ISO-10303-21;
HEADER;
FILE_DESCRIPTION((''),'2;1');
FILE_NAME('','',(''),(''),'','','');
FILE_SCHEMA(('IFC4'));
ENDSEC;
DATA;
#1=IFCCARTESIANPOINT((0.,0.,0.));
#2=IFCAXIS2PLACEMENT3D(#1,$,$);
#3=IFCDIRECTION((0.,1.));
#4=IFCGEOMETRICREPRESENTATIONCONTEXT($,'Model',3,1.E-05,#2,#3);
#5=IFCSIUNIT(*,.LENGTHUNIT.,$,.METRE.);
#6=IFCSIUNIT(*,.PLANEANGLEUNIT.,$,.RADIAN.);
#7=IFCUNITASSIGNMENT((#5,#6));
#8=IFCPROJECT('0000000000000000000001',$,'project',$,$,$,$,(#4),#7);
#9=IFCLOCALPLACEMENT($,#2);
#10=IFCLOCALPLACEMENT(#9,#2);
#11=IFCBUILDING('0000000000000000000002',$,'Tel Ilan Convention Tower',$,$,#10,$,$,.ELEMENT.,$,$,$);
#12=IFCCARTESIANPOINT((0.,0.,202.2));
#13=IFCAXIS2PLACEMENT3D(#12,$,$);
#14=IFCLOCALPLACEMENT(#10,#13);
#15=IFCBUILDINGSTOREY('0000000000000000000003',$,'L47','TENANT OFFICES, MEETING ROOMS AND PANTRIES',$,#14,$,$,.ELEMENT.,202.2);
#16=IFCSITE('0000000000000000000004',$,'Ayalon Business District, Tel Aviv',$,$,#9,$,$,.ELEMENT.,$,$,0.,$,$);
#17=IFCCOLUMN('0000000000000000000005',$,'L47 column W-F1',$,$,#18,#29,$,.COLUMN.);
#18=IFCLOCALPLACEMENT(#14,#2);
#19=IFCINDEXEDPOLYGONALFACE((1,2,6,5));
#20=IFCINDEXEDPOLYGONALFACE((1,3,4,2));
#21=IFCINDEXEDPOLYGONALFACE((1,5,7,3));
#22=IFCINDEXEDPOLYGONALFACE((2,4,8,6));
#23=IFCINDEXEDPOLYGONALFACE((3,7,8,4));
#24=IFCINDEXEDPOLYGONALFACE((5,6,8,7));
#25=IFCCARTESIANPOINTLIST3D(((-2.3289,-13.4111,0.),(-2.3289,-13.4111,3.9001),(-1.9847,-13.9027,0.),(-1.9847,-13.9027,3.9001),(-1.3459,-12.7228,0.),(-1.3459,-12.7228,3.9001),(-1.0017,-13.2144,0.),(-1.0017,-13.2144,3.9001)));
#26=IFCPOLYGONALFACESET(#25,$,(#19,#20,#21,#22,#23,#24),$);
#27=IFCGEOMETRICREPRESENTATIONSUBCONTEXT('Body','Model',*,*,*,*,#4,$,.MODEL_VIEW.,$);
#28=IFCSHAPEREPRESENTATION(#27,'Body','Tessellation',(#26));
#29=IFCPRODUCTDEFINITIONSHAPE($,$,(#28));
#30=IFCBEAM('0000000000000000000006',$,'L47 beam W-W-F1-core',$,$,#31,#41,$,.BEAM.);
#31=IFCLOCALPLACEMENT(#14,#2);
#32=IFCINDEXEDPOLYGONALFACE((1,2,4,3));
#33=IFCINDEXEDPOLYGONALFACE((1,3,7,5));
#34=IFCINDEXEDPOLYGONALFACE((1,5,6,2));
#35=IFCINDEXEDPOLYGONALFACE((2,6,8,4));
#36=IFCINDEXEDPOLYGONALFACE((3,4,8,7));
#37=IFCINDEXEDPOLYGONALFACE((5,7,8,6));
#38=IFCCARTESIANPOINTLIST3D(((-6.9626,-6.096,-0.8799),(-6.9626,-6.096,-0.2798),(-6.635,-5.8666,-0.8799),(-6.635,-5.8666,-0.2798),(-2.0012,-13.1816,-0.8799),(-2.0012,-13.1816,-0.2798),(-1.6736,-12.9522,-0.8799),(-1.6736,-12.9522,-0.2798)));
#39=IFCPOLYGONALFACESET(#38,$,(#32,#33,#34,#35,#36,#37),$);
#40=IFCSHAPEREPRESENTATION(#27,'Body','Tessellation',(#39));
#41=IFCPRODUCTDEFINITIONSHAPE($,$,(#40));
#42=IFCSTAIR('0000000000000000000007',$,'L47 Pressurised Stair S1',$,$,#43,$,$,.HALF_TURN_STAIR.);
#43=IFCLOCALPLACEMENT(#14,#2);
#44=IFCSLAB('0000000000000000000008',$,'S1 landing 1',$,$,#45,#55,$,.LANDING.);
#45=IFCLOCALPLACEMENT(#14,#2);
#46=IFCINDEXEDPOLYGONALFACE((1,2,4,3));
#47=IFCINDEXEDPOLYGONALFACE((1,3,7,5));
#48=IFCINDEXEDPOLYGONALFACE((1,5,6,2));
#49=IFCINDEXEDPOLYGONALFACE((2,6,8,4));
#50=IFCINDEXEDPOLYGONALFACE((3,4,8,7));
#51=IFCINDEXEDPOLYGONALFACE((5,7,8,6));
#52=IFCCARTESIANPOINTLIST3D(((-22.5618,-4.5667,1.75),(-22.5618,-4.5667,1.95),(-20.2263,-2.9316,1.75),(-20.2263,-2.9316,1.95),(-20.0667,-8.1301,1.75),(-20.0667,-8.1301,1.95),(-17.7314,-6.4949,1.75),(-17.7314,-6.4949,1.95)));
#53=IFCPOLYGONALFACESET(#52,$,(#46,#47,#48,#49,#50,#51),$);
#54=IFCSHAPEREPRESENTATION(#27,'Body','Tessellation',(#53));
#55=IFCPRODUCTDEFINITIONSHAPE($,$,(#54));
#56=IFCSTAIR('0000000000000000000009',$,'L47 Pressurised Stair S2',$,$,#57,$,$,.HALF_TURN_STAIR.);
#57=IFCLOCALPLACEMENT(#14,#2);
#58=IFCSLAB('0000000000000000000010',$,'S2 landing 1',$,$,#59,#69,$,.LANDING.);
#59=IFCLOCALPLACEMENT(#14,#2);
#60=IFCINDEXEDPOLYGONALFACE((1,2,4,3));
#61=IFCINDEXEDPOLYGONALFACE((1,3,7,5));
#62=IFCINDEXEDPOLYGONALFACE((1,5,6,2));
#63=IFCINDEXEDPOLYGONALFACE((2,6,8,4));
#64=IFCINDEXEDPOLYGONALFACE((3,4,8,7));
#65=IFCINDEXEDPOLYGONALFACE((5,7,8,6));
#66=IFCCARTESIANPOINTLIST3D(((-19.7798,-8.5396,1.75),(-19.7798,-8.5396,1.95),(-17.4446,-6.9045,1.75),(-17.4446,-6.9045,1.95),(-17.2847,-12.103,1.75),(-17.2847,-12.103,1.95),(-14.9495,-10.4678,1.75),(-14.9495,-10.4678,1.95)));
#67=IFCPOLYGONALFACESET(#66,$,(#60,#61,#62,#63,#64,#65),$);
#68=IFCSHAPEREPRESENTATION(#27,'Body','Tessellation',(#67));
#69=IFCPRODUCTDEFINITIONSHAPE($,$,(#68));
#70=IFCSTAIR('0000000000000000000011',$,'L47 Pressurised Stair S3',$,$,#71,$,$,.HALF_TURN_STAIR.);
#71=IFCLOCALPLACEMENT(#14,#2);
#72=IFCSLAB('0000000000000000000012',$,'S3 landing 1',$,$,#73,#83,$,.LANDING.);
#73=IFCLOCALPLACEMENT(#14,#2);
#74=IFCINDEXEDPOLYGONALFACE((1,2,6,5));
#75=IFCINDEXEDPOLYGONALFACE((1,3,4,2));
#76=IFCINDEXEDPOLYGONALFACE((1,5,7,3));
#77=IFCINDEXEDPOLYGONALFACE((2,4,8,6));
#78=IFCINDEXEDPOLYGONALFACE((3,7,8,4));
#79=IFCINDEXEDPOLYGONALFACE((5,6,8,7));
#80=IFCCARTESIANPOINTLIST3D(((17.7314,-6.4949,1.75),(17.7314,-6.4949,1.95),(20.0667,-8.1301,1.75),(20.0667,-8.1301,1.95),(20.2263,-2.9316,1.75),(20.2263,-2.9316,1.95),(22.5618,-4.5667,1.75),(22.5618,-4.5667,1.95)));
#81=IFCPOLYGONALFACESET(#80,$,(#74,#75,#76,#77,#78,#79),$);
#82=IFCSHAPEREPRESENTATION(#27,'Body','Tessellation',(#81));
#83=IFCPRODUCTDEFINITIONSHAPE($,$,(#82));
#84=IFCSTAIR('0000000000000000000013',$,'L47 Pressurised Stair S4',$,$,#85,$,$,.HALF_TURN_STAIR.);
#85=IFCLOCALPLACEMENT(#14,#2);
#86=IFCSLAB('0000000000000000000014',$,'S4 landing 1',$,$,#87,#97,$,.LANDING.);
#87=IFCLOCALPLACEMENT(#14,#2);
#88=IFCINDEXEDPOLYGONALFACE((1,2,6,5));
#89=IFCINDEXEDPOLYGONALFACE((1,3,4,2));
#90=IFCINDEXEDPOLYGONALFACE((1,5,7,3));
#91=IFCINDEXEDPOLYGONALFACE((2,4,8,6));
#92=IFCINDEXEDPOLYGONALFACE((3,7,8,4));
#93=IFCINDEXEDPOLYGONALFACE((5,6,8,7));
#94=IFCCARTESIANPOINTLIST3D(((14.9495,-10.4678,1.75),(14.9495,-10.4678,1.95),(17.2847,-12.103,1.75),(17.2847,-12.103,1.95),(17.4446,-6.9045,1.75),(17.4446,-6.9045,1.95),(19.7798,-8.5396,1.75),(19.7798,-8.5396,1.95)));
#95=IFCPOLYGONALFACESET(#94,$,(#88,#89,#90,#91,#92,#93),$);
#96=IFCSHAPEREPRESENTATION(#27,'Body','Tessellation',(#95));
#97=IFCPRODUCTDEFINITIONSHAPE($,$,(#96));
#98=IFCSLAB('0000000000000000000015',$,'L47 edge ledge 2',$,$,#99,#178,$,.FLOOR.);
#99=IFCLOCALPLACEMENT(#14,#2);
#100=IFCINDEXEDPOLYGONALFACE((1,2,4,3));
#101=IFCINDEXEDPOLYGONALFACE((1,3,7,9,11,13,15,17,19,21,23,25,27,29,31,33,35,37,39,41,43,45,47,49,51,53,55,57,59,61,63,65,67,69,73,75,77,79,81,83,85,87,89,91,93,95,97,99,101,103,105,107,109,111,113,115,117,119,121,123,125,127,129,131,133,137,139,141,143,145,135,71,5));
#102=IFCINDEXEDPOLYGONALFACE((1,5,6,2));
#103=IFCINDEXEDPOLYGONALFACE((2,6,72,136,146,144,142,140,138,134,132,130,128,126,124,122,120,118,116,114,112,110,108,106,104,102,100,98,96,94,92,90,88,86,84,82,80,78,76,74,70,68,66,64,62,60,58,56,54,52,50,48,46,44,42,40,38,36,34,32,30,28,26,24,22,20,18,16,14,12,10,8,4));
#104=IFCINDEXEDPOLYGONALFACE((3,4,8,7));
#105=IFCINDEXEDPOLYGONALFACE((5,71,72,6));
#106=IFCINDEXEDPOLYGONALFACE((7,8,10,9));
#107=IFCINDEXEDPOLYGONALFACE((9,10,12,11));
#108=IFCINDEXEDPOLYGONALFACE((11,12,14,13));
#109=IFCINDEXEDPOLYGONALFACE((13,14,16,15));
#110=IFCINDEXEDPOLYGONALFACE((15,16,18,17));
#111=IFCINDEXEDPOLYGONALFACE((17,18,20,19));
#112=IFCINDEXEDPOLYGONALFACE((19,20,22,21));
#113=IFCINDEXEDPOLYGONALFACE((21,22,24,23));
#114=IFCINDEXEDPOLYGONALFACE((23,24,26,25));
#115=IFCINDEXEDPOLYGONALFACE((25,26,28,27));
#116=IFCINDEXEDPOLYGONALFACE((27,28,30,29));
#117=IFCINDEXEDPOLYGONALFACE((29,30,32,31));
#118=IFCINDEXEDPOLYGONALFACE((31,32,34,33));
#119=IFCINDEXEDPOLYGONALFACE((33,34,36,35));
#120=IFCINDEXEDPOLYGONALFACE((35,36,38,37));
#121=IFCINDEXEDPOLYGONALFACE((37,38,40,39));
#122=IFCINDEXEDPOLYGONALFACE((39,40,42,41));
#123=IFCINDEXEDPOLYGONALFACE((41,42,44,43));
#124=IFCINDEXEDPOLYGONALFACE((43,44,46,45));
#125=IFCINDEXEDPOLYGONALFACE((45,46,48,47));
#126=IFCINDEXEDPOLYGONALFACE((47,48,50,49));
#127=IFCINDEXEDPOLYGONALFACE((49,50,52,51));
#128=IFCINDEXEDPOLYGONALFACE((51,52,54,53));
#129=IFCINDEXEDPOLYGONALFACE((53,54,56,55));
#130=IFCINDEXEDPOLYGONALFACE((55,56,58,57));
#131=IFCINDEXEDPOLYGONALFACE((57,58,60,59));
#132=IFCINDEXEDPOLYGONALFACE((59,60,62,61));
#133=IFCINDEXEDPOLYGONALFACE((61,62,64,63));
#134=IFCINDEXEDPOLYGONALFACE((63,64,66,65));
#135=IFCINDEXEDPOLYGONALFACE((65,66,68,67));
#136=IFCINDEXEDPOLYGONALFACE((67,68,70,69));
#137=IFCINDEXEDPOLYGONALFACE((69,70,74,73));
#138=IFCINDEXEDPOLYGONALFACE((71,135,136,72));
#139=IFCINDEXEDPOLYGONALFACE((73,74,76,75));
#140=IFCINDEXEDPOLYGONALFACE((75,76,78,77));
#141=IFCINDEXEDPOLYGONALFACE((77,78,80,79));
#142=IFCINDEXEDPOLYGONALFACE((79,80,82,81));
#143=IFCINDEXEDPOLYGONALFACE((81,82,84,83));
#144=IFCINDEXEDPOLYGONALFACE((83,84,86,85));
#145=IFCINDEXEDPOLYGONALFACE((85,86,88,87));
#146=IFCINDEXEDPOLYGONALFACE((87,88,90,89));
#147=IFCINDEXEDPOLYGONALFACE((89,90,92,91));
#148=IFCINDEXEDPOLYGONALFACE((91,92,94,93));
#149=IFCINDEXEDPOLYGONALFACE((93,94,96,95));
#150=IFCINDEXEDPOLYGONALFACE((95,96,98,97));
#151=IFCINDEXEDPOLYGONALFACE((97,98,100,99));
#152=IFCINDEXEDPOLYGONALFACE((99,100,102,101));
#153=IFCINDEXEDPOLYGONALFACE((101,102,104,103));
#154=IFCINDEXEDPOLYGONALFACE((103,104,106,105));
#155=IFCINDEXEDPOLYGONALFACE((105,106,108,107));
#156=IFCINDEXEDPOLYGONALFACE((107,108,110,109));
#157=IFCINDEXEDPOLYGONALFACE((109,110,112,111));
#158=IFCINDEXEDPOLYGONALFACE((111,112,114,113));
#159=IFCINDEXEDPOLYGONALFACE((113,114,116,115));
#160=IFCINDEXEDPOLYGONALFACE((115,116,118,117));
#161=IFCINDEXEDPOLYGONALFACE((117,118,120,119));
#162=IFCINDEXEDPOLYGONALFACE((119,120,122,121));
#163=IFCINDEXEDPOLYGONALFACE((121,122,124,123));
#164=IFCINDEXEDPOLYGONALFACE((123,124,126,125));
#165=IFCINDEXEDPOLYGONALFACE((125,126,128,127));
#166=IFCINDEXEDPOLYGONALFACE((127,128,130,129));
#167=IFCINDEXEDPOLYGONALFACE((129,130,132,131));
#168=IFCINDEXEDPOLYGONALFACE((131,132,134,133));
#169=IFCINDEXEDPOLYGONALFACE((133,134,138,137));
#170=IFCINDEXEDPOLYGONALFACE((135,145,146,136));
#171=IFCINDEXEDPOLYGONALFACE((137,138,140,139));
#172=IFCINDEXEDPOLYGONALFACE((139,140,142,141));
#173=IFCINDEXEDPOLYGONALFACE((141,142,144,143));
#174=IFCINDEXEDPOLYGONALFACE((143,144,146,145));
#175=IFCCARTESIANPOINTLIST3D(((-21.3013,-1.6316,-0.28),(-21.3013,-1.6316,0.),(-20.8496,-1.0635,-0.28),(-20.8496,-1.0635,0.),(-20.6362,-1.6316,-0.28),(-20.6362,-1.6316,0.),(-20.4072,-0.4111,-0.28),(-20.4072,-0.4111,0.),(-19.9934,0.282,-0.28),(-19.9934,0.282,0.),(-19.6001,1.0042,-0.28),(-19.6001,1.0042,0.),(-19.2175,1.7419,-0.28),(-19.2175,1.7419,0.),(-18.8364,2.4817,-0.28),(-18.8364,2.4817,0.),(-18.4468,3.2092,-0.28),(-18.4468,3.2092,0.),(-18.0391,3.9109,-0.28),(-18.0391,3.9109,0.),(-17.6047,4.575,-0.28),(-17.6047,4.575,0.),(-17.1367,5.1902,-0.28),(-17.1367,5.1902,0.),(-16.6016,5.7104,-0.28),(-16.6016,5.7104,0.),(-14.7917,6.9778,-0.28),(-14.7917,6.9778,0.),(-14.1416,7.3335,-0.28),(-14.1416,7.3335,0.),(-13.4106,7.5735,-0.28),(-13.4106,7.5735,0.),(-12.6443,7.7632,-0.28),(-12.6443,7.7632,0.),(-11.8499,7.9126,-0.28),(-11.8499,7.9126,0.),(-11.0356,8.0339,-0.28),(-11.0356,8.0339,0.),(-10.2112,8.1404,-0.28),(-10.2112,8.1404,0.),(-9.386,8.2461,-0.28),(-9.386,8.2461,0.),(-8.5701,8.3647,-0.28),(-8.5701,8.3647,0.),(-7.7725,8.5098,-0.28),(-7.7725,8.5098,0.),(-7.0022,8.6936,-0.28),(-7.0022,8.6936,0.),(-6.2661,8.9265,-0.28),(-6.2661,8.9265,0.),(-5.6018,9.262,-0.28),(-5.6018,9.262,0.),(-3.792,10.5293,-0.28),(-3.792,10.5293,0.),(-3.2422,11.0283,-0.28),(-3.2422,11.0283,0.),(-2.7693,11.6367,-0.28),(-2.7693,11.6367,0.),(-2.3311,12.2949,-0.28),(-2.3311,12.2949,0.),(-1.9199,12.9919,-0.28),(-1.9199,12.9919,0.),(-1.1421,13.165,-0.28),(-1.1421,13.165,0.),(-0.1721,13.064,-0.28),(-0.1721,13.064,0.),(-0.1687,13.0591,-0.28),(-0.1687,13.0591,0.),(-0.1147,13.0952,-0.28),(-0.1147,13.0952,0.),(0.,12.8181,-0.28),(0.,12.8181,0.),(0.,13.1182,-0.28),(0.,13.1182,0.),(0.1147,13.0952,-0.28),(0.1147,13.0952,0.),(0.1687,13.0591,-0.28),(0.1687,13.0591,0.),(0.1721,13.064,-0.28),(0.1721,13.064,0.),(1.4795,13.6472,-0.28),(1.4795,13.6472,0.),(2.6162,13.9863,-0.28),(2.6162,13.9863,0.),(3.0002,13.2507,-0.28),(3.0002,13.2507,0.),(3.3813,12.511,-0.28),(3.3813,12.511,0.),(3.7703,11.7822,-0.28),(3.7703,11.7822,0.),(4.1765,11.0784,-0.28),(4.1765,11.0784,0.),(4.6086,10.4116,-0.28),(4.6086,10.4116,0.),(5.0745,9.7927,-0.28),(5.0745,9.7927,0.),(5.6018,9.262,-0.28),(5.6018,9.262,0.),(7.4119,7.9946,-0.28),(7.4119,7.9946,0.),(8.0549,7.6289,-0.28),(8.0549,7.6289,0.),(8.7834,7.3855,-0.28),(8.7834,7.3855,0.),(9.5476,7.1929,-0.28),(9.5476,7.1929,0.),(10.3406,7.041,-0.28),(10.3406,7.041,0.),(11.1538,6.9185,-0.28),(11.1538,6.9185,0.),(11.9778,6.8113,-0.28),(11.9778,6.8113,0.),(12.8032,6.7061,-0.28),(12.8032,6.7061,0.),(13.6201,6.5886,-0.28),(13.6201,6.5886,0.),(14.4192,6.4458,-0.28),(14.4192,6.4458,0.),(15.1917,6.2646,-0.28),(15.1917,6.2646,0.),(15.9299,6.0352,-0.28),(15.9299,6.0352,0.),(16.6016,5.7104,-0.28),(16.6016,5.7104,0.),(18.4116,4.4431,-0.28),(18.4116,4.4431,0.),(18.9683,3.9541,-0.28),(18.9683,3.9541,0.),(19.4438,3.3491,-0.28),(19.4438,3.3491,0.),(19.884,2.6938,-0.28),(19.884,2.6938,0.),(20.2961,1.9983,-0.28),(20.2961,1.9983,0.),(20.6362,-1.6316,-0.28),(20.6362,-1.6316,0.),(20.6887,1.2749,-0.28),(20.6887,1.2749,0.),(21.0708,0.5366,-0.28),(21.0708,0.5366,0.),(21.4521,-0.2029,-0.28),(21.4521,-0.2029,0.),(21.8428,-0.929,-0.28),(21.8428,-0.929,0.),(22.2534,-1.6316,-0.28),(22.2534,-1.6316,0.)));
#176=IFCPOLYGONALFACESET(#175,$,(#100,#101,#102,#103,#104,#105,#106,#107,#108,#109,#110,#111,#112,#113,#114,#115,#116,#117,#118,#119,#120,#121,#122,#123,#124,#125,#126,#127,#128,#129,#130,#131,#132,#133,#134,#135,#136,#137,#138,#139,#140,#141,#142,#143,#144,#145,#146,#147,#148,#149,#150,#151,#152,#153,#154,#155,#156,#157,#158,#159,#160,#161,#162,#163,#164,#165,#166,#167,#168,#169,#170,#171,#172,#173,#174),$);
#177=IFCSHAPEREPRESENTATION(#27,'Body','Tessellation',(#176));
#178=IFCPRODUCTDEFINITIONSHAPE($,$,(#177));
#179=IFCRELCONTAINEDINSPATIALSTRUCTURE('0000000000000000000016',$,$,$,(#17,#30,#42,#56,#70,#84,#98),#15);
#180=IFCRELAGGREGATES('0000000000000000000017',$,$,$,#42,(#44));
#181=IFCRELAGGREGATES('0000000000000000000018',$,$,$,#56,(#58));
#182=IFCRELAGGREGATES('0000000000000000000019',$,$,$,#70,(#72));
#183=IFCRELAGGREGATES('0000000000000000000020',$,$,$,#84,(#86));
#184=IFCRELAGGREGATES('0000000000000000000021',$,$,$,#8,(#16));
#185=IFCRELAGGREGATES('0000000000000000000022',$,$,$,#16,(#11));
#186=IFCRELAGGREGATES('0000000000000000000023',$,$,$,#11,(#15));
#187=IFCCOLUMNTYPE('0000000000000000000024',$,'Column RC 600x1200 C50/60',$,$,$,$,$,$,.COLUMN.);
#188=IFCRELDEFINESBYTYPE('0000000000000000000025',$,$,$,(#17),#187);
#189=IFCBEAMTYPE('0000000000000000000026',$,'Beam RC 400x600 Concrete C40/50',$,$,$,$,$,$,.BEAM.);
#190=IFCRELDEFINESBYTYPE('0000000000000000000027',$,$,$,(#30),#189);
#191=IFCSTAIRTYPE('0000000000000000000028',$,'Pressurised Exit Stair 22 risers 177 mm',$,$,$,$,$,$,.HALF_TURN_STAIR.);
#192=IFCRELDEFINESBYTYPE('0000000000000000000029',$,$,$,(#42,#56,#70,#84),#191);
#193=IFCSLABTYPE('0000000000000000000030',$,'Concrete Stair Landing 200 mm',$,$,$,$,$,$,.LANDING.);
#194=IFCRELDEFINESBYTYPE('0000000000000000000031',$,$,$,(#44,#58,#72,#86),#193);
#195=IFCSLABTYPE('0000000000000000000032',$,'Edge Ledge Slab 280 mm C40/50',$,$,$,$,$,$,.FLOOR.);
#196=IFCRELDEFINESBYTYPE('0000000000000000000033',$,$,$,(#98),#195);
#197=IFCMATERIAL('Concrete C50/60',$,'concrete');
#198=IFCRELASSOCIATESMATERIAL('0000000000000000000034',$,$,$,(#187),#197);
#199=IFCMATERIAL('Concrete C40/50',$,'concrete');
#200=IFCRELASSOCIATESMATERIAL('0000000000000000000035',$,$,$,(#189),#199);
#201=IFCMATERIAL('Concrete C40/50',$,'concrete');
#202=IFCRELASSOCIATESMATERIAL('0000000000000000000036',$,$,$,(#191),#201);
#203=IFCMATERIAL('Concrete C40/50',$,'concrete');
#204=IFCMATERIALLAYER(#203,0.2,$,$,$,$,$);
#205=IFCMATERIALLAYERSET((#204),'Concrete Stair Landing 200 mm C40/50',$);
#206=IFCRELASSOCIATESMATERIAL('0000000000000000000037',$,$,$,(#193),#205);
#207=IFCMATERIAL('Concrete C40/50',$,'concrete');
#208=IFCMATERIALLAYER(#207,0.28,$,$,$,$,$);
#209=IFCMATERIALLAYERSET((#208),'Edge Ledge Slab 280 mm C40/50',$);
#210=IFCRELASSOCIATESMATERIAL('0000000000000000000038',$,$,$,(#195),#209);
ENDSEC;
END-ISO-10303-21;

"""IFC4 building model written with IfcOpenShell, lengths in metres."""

from ifc_helpers import new_model, si_unit, direction, frame, origin, origin_2d, place, context, subcontext, project, spatial, polyline, rectangle, outline, extrude, material, layer, layer_set, material_profile, profile_set, type_object, element, aggregate, save


model = new_model("IFC4")

# Units and contexts
model_context = context("Model", 3, precision=1e-05, world=origin(), true_north=direction((0.0, 1.0)))
body_context = subcontext(model_context, "Body", "Model", "MODEL_VIEW")
ifc_project = project(units=[si_unit("LENGTHUNIT", "METRE"), si_unit("PLANEANGLEUNIT", "RADIAN")], contexts=[model_context])

# Site, building, storey
site_placement = place(None, origin())
site = spatial("IfcSite", under=ifc_project, at=site_placement, Name="Ayalon Business District, Tel Aviv", CompositionType="ELEMENT", RefElevation=0.0)
building_placement = place(site_placement, origin())
building = spatial("IfcBuilding", under=site, at=building_placement, Name="Tel Ilan Convention Tower", CompositionType="ELEMENT")
storey_placement = place(building_placement, frame((0.0, 0.0, 202.2)))
storey = spatial("IfcBuildingStorey", under=building, at=storey_placement, Name="L47", Description="TENANT OFFICES, MEETING ROOMS AND PANTRIES", CompositionType="ELEMENT", Elevation=202.2)

# Column
ifc_material_1 = material(Name="Concrete C50/60", Category="concrete")
ifc_material_profile_1 = material_profile(ifc_material_1, rectangle(XDim=1.2, YDim=0.6001, at=origin_2d()), Name="RC 600x1200")
ifc_profile_set_1 = profile_set([ifc_material_profile_1], Name="Concrete C50/60")
column_type = type_object("IfcColumnType", Name="Column RC 600x1200 C50/60", PredefinedType="COLUMN", material=ifc_profile_set_1)
column_placement = place(storey_placement, frame((-1.6653, -13.3127, 0.0), z_axis=(0.0, 0.0, 1.0), x_axis=(-0.819152, -0.573576, 0.0)))
element("IfcColumn", 1, at=column_placement, inside=storey, type_object=column_type, Name="L47 column W-F1", PredefinedType="COLUMN", context=body_context, shape_type="SweptSolid", body=[
    extrude(rectangle(XDim=1.2, YDim=0.6001, at=origin_2d()), origin(), (0.0, 0.0, 1.0), 3.9001),
])

# Beam
ifc_material_2 = material(Name="Concrete C40/50", Category="concrete")
ifc_material_profile_2 = material_profile(ifc_material_2, rectangle(XDim=0.3999, YDim=0.6001, at=origin_2d()), Name="RC 400x600")
ifc_profile_set_2 = profile_set([ifc_material_profile_2], Name="Concrete C40/50")
beam_type = type_object("IfcBeamType", Name="Beam RC 400x600 Concrete C40/50", PredefinedType="BEAM", material=ifc_profile_set_2)
beam_placement = place(storey_placement, frame((-1.8374, -13.0669, -0.5798), z_axis=(-0.573574, 0.819154, 0.0), x_axis=(-0.819154, -0.573574, 0.0)))
element("IfcBeam", 2, at=beam_placement, inside=storey, type_object=beam_type, Name="L47 beam W-W-F1-core", PredefinedType="BEAM", context=body_context, shape_type="SweptSolid", body=[
    extrude(rectangle(XDim=0.3999, YDim=0.6001, at=origin_2d()), origin(), (0.0, 0.0, 1.0), 8.6499),
])

# Stairs, slabs
ifc_material_3 = material(Name="Concrete C40/50", Category="concrete")
stair_type = type_object("IfcStairType", Name="Pressurised Exit Stair 22 risers 177 mm", PredefinedType="HALF_TURN_STAIR", material=ifc_material_3)
stair_1_placement = place(storey_placement, origin())
stair_1 = element("IfcStair", 3, at=stair_1_placement, inside=storey, type_object=stair_type, Name="L47 Pressurised Stair S1", PredefinedType="HALF_TURN_STAIR")
ifc_material_4 = material(Name="Concrete C40/50", Category="concrete")
ifc_layer_1 = layer(ifc_material_4, 0.2)
ifc_layer_set_1 = layer_set([ifc_layer_1], Name="Concrete Stair Landing 200 mm C40/50")
slab_type_1 = type_object("IfcSlabType", Name="Concrete Stair Landing 200 mm", PredefinedType="LANDING", material=ifc_layer_set_1)
slab_1_placement = place(storey_placement, frame((0.0, 0.0, 1.75)))
slab_1 = element("IfcSlab", 4, at=slab_1_placement, type_object=slab_type_1, Name="S1 landing 1", PredefinedType="LANDING", context=body_context, shape_type="SweptSolid", body=[
    extrude(outline(polyline([(-20.0667, -8.1301), (-17.7314, -6.4949), (-20.2263, -2.9316), (-22.5618, -4.5667), (-20.0667, -8.1301)])), origin(), (0.0, 0.0, 1.0), 0.2),
])
aggregate(stair_1, [slab_1])
stair_2_placement = place(storey_placement, origin())
stair_2 = element("IfcStair", 5, at=stair_2_placement, inside=storey, type_object=stair_type, Name="L47 Pressurised Stair S2", PredefinedType="HALF_TURN_STAIR")
slab_2_placement = place(storey_placement, frame((0.0, 0.0, 1.75)))
slab_2 = element("IfcSlab", 6, at=slab_2_placement, type_object=slab_type_1, Name="S2 landing 1", PredefinedType="LANDING", context=body_context, shape_type="SweptSolid", body=[
    extrude(outline(polyline([(-17.2847, -12.103), (-14.9495, -10.4678), (-17.4446, -6.9045), (-19.7798, -8.5396), (-17.2847, -12.103)])), origin(), (0.0, 0.0, 1.0), 0.2),
])
aggregate(stair_2, [slab_2])
stair_3_placement = place(storey_placement, origin())
stair_3 = element("IfcStair", 7, at=stair_3_placement, inside=storey, type_object=stair_type, Name="L47 Pressurised Stair S3", PredefinedType="HALF_TURN_STAIR")
slab_3_placement = place(storey_placement, frame((0.0, 0.0, 1.75)))
slab_3 = element("IfcSlab", 8, at=slab_3_placement, type_object=slab_type_1, Name="S3 landing 1", PredefinedType="LANDING", context=body_context, shape_type="SweptSolid", body=[
    extrude(outline(polyline([(22.5618, -4.5667), (20.2263, -2.9316), (17.7314, -6.4949), (20.0667, -8.1301), (22.5618, -4.5667)])), origin(), (0.0, 0.0, 1.0), 0.2),
])
aggregate(stair_3, [slab_3])
stair_4_placement = place(storey_placement, origin())
stair_4 = element("IfcStair", 9, at=stair_4_placement, inside=storey, type_object=stair_type, Name="L47 Pressurised Stair S4", PredefinedType="HALF_TURN_STAIR")
slab_4_placement = place(storey_placement, frame((0.0, 0.0, 1.75)))
slab_4 = element("IfcSlab", 10, at=slab_4_placement, type_object=slab_type_1, Name="S4 landing 1", PredefinedType="LANDING", context=body_context, shape_type="SweptSolid", body=[
    extrude(outline(polyline([(19.7798, -8.5396), (17.4446, -6.9045), (14.9495, -10.4678), (17.2847, -12.103), (19.7798, -8.5396)])), origin(), (0.0, 0.0, 1.0), 0.2),
])
aggregate(stair_4, [slab_4])

# Slab
ifc_material_5 = material(Name="Concrete C40/50", Category="concrete")
ifc_layer_2 = layer(ifc_material_5, 0.28)
ifc_layer_set_2 = layer_set([ifc_layer_2], Name="Edge Ledge Slab 280 mm C40/50")
slab_type_2 = type_object("IfcSlabType", Name="Edge Ledge Slab 280 mm C40/50", PredefinedType="FLOOR", material=ifc_layer_set_2)
slab_5_placement = place(storey_placement, frame((0.0, 0.0, -0.28)))
element("IfcSlab", 11, at=slab_5_placement, inside=storey, type_object=slab_type_2, Name="L47 edge ledge 2", PredefinedType="FLOOR", context=body_context, shape_type="SweptSolid", body=[
    extrude(outline(polyline([(-19.6001, 1.0042), (-19.2175, 1.7419), (-18.8364, 2.4817), (-18.4468, 3.2092), (-18.0391, 3.9109), (-17.6047, 4.575), (-17.1367, 5.1902), (-16.6016, 5.7104), (-14.7917, 6.9778), (-14.1416, 7.3335), (-13.4106, 7.5735), (-12.6443, 7.7632), (-11.8499, 7.9126), (-11.0356, 8.0339), (-10.2112, 8.1404), (-9.386, 8.2461), (-8.5701, 8.3647), (-7.7725, 8.5098), (-7.0022, 8.6936), (-6.2661, 8.9265), (-5.6018, 9.262), (-3.792, 10.5293), (-3.2422, 11.0283), (-2.7693, 11.6367), (-2.3311, 12.2949), (-1.9199, 12.9919), (-1.1421, 13.165), (-0.1721, 13.064), (-0.1687, 13.0591), (-0.1147, 13.0952), (0.0, 13.1182), (0.1147, 13.0952), (0.1687, 13.0591), (0.1721, 13.064), (1.4795, 13.6472), (2.6162, 13.9863), (3.0002, 13.2507), (3.3813, 12.511), (3.7703, 11.7822), (4.1765, 11.0784), (4.6086, 10.4116), (5.0745, 9.7927), (5.6018, 9.262), (7.4119, 7.9946), (8.0549, 7.6289), (8.7834, 7.3855), (9.5476, 7.1929), (10.3406, 7.041), (11.1538, 6.9185), (11.9778, 6.8113), (12.8032, 6.7061), (13.6201, 6.5886), (14.4192, 6.4458), (15.1917, 6.2646), (15.9299, 6.0352), (16.6016, 5.7104), (18.4116, 4.4431), (18.9683, 3.9541), (19.4438, 3.3491), (19.884, 2.6938), (20.2961, 1.9983), (20.6887, 1.2749), (21.0708, 0.5366), (21.4521, -0.2029), (21.8428, -0.929), (22.2534, -1.6316), (20.6362, -1.6316), (0.0, 12.8181), (-20.6362, -1.6316), (-21.3013, -1.6316), (-20.8496, -1.0635), (-20.4072, -0.4111), (-19.9934, 0.282), (-19.6001, 1.0042)])), origin(), (0.0, 0.0, 1.0), 0.28),
])

save(model, "model.ifc")
